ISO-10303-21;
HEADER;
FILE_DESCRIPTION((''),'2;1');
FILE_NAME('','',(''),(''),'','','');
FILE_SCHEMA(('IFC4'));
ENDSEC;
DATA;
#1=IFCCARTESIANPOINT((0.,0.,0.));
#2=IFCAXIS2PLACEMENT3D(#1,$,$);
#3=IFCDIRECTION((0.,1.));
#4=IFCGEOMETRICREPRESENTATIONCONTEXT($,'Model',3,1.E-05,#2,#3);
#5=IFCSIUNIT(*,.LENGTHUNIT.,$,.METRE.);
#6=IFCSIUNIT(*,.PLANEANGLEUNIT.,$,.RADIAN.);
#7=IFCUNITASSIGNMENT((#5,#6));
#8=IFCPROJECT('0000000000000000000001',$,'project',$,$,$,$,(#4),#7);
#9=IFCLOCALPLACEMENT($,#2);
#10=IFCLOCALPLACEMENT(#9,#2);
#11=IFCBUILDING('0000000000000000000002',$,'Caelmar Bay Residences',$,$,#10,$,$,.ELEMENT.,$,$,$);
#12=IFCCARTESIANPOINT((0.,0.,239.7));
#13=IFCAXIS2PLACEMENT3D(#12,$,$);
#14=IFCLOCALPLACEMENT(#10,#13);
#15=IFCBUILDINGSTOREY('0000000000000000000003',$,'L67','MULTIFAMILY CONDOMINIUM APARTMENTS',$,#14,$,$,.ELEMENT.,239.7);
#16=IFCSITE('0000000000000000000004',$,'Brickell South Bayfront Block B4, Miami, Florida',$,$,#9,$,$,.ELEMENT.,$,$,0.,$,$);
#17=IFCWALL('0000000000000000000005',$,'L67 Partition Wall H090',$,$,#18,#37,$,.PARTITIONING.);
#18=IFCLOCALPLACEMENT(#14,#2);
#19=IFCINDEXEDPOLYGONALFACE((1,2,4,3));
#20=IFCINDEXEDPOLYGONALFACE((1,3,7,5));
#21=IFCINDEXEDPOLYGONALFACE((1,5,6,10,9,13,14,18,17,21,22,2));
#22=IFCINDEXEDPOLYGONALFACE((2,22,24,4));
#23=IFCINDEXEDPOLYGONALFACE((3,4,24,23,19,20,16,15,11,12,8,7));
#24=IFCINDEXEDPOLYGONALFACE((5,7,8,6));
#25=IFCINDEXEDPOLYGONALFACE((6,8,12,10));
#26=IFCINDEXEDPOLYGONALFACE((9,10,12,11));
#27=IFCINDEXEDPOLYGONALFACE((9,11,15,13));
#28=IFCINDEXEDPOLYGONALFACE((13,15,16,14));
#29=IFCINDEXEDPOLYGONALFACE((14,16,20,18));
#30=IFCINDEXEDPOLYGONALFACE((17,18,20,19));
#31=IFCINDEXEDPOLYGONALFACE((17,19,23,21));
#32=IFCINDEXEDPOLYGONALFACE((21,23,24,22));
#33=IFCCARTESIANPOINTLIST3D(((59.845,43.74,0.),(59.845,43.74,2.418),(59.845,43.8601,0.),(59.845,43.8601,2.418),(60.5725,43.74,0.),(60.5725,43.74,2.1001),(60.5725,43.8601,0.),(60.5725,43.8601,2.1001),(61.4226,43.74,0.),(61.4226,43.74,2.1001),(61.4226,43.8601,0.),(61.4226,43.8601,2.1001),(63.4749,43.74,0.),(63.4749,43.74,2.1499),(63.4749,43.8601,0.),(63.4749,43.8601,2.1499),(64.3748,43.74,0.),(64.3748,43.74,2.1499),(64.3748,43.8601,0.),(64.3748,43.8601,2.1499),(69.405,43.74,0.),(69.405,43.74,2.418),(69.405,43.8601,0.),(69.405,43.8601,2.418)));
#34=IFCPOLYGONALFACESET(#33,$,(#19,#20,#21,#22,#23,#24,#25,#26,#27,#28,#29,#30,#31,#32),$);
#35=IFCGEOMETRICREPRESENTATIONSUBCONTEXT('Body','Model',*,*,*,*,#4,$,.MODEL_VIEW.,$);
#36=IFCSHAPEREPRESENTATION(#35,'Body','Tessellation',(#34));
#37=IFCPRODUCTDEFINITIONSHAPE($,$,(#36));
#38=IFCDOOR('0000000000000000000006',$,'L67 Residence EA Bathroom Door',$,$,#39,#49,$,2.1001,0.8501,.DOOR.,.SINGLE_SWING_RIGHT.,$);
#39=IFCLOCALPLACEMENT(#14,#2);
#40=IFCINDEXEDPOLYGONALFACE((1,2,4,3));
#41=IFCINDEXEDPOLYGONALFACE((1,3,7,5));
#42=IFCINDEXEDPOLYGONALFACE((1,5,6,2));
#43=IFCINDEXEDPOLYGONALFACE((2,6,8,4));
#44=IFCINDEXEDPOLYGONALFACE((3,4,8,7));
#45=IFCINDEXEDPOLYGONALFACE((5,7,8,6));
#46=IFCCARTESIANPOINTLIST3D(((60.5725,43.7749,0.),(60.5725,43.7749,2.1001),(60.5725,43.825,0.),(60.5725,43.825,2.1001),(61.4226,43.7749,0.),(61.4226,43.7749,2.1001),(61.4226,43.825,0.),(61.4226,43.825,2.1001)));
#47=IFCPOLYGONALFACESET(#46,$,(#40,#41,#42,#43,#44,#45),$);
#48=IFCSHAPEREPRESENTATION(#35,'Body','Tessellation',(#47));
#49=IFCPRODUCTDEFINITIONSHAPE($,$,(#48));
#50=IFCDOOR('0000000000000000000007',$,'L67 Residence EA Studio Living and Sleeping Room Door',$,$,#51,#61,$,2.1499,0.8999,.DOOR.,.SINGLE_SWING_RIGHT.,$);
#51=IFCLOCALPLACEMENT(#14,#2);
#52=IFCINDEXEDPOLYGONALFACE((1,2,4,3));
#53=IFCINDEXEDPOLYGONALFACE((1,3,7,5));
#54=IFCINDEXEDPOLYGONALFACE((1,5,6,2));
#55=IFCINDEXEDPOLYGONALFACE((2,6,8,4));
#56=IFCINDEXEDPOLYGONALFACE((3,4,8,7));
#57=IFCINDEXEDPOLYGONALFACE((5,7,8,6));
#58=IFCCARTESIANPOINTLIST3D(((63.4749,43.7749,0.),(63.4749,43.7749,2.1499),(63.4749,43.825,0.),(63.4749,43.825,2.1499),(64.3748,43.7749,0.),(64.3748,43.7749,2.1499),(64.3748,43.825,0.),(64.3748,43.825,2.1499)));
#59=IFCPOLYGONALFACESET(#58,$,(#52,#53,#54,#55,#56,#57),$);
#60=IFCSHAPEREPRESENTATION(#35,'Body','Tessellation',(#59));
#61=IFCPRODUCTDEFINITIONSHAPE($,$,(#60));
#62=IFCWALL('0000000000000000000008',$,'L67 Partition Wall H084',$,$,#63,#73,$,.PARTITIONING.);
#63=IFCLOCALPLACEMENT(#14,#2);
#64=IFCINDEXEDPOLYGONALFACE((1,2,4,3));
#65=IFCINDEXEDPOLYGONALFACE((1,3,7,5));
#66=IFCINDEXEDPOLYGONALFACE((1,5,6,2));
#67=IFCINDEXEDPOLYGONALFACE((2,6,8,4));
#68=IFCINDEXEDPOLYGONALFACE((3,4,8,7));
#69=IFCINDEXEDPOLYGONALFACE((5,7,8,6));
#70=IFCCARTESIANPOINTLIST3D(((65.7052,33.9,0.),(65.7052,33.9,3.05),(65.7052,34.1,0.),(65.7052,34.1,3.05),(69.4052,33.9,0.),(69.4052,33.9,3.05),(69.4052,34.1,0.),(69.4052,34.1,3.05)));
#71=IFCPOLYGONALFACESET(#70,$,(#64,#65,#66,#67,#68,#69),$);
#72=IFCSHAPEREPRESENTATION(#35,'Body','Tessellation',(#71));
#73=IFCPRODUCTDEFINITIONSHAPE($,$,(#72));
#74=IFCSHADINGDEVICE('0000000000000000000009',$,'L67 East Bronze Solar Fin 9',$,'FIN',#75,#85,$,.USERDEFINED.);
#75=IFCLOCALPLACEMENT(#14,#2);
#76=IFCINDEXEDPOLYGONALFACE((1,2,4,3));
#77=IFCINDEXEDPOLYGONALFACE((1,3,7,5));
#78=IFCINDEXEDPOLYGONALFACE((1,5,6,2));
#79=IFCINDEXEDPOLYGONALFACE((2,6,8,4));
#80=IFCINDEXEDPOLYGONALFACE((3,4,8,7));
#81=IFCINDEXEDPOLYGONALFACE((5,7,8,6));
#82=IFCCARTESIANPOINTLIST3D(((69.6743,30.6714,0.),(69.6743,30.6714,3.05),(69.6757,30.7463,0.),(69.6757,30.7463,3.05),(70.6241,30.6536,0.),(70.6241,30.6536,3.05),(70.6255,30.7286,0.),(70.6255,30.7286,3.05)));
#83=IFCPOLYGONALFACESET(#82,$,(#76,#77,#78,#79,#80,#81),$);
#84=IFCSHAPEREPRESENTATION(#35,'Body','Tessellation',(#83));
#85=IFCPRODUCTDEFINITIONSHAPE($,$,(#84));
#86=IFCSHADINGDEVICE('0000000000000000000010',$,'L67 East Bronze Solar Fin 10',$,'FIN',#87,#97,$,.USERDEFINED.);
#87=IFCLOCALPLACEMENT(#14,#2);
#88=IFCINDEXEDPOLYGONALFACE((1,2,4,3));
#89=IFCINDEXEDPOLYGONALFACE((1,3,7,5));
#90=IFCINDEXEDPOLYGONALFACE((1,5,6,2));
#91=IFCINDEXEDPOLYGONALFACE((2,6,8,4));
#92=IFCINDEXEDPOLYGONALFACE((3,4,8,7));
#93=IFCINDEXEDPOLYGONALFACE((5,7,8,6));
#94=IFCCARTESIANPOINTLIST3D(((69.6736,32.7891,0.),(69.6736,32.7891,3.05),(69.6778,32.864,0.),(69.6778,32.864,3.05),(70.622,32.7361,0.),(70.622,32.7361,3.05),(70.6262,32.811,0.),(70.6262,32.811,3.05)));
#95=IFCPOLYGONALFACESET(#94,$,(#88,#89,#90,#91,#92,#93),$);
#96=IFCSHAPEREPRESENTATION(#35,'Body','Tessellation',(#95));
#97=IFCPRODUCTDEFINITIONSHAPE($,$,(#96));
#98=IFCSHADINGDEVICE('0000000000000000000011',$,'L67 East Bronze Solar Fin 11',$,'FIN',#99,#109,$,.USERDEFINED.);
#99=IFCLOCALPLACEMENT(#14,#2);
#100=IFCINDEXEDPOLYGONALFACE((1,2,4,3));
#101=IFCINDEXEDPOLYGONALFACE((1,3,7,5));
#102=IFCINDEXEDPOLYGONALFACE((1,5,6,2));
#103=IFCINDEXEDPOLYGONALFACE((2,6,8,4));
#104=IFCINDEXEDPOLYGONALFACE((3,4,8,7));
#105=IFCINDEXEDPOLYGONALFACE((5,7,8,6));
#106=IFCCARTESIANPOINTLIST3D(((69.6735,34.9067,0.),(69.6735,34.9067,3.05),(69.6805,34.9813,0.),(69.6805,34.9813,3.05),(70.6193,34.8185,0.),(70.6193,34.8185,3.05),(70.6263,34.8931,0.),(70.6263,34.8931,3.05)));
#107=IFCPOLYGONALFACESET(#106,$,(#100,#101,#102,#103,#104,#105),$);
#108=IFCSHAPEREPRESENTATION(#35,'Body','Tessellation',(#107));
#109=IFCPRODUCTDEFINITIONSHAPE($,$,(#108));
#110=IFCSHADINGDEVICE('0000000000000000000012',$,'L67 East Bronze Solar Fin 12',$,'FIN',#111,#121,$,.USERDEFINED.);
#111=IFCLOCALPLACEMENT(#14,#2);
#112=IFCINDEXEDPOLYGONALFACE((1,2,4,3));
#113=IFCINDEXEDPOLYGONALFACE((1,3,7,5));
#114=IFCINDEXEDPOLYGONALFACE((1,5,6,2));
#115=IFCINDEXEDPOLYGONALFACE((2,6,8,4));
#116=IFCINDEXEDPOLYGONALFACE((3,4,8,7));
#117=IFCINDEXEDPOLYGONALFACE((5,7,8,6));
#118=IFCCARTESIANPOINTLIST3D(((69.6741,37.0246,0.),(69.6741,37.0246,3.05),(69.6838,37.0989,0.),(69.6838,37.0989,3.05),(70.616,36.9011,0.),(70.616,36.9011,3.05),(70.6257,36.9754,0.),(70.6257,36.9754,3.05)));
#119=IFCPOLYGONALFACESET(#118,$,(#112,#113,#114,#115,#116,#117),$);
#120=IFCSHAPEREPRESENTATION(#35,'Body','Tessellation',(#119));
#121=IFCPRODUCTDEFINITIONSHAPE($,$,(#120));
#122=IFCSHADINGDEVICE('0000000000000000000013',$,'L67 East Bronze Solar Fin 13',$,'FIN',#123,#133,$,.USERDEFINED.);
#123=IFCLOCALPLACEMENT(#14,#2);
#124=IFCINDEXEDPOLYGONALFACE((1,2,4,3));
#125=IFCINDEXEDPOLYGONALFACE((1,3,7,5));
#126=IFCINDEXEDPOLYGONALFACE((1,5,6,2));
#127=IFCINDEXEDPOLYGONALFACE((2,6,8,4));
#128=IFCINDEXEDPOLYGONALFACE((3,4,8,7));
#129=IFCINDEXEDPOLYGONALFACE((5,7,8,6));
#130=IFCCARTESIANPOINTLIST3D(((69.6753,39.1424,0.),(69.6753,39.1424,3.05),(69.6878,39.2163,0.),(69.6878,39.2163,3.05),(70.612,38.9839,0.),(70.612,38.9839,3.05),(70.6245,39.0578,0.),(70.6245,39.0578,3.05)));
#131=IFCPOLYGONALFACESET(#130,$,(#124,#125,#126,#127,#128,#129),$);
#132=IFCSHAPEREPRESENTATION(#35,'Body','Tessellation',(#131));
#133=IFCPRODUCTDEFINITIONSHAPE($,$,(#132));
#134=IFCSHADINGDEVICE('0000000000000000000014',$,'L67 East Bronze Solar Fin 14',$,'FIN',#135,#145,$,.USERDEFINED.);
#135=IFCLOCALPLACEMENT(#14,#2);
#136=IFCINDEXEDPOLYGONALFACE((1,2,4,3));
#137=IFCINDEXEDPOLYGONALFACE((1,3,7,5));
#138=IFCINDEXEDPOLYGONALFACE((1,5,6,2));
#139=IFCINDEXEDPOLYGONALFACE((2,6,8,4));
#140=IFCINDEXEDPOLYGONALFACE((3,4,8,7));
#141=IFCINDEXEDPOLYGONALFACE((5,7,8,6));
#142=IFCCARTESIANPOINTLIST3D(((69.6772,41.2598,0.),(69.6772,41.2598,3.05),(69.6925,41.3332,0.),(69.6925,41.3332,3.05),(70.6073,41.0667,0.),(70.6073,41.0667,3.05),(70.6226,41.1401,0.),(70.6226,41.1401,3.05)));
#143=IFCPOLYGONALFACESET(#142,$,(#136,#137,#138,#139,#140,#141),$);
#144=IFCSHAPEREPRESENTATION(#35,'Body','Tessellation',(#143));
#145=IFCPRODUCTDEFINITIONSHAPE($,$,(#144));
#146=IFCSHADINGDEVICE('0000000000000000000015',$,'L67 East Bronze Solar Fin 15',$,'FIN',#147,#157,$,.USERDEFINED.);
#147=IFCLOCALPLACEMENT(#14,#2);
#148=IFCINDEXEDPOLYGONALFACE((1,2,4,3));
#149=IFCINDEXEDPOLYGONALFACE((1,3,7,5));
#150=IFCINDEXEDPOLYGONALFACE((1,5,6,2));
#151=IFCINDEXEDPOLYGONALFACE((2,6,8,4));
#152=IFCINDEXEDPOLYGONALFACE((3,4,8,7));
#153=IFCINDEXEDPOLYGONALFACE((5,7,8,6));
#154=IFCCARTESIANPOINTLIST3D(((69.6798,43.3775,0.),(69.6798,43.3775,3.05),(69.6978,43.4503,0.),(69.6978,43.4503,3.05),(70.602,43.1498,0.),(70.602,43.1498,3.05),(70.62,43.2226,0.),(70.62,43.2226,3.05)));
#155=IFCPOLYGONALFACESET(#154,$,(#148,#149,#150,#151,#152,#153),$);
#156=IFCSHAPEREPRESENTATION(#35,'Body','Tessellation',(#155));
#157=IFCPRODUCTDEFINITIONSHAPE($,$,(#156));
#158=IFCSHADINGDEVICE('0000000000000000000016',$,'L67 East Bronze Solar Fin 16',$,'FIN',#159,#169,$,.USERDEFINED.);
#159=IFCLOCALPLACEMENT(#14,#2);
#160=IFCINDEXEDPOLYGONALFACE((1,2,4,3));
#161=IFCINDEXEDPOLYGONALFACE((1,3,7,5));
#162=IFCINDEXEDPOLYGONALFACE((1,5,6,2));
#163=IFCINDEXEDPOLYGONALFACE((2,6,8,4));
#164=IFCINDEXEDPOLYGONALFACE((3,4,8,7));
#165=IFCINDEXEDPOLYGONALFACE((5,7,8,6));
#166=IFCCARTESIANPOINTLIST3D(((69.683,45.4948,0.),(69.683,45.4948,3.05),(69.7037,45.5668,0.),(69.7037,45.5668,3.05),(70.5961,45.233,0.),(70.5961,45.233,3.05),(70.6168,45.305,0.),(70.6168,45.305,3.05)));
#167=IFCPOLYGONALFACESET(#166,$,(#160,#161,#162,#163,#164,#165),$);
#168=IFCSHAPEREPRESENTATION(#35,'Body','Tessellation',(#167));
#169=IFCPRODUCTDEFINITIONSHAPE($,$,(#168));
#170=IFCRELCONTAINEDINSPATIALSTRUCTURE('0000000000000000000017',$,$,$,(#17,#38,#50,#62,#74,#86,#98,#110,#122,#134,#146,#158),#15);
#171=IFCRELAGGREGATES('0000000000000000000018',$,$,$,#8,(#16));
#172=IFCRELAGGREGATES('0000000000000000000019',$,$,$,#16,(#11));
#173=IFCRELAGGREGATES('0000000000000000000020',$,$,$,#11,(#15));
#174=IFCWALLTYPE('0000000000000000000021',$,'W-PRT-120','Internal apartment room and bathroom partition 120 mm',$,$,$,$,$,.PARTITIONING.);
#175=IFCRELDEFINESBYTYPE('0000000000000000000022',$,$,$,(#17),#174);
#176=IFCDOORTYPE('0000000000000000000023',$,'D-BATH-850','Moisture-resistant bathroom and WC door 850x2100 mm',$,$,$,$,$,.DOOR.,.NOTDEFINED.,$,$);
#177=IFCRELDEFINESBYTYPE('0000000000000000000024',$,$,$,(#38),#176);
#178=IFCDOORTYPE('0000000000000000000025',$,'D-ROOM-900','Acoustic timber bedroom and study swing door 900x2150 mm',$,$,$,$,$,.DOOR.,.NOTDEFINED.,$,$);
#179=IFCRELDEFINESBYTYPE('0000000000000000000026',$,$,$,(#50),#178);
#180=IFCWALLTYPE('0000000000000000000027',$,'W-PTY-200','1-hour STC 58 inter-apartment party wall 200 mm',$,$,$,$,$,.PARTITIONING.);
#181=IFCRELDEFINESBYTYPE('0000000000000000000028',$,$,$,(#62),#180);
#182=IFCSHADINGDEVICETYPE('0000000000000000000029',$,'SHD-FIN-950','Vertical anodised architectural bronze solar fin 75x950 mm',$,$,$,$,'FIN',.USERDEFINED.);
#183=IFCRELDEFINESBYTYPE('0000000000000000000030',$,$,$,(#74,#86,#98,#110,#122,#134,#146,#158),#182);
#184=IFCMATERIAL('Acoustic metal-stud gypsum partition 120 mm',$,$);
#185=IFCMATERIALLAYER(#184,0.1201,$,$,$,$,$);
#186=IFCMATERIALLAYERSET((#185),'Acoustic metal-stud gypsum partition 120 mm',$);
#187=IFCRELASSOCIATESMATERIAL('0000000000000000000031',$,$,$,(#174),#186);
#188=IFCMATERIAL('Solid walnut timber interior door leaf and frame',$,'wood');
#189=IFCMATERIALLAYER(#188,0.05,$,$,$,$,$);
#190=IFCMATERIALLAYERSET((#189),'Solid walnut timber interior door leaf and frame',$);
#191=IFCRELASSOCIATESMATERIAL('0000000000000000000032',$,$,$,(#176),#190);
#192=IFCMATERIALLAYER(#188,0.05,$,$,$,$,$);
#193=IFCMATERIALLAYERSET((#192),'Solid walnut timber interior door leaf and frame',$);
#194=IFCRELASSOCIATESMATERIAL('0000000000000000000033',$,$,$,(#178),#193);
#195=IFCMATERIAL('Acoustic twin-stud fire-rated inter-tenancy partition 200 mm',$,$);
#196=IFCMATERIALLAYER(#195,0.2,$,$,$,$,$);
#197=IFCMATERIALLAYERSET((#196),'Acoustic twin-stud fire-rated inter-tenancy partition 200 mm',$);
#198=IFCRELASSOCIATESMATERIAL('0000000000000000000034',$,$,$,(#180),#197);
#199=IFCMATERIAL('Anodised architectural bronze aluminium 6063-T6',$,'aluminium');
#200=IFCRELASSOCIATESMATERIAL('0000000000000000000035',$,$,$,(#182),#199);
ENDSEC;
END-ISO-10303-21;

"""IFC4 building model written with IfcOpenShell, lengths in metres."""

from ifc_helpers import new_model, si_unit, direction, frame, frame_2d, origin, origin_2d, place, context, subcontext, project, spatial, rectangle, extrude, material, layer, layer_set, material_profile, profile_set, type_object, element, fill, save


model = new_model("IFC4")

# Units and contexts
model_context = context("Model", 3, precision=1e-05, world=origin(), true_north=direction((0.0, 1.0)))
body_context = subcontext(model_context, "Body", "Model", "MODEL_VIEW")
ifc_project = project(units=[si_unit("LENGTHUNIT", "METRE"), si_unit("PLANEANGLEUNIT", "RADIAN")], contexts=[model_context])

# Site, building, storey
site_placement = place(None, origin())
site = spatial("IfcSite", under=ifc_project, at=site_placement, Name="Brickell South Bayfront Block B4, Miami, Florida", CompositionType="ELEMENT", RefElevation=0.0)
building_placement = place(site_placement, origin())
building = spatial("IfcBuilding", under=site, at=building_placement, Name="Caelmar Bay Residences", CompositionType="ELEMENT")
storey_placement = place(building_placement, frame((0.0, 0.0, 239.7)))
storey = spatial("IfcBuildingStorey", under=building, at=storey_placement, Name="L67", Description="MULTIFAMILY CONDOMINIUM APARTMENTS", CompositionType="ELEMENT", Elevation=239.7)

# Shared definitions
ifc_material_1 = material(Name="Acoustic metal-stud gypsum partition 120 mm")
ifc_layer_1 = layer(ifc_material_1, 0.1201)
ifc_layer_set_1 = layer_set([ifc_layer_1], Name="Acoustic metal-stud gypsum partition 120 mm")
wall_type_1 = type_object("IfcWallType", Name="W-PRT-120", Description="Internal apartment room and bathroom partition 120 mm", PredefinedType="PARTITIONING", material=ifc_layer_set_1)
ifc_material_2 = material(Name="Solid walnut timber interior door leaf and frame", Category="wood")
ifc_layer_2 = layer(ifc_material_2, 0.05)
ifc_layer_set_2 = layer_set([ifc_layer_2], Name="Solid walnut timber interior door leaf and frame")
door_type_1 = type_object("IfcDoorType", Name="D-BATH-850", Description="Moisture-resistant bathroom and WC door 850x2100 mm", OperationType="NOTDEFINED", PredefinedType="DOOR", material=ifc_layer_set_2)

# Shared definitions
ifc_layer_3 = layer(ifc_material_2, 0.05)
ifc_layer_set_3 = layer_set([ifc_layer_3], Name="Solid walnut timber interior door leaf and frame")
door_type_2 = type_object("IfcDoorType", Name="D-ROOM-900", Description="Acoustic timber bedroom and study swing door 900x2150 mm", OperationType="NOTDEFINED", PredefinedType="DOOR", material=ifc_layer_set_3)

# Wall, openings, doors
wall_1_placement = place(storey_placement, frame((59.845, 43.8, 0.0), z_axis=(0.0, 0.0, 1.0), x_axis=(1.0, 0.0, 0.0)))
wall_1 = element("IfcWall", 1, at=wall_1_placement, inside=storey, type_object=wall_type_1, Name="L67 Partition Wall H090", PredefinedType="PARTITIONING", context=body_context, shape_type="SweptSolid", body=[
    extrude(rectangle(XDim=9.5601, YDim=0.1201, at=frame_2d((4.78, 0.0))), origin(), (0.0, 0.0, 1.0), 2.418),
])
opening_1_placement = place(wall_1_placement, frame((3.6299, 0.0, 0.0)))
opening_1 = element("IfcOpeningElement", 2, at=opening_1_placement, cuts=wall_1, PredefinedType="OPENING", context=body_context, shape_type="SweptSolid", body=[
    extrude(rectangle(XDim=0.8999, YDim=2.1499, at=frame_2d((0.45, 1.075))), frame((0.0, 0.0701, 0.0), z_axis=(0.0, -1.0, 0.0), x_axis=(1.0, 0.0, 0.0)), (0.0, 0.0, 1.0), 0.1401),
])
opening_2_placement = place(wall_1_placement, frame((0.7275, 0.0, 0.0)))
opening_2 = element("IfcOpeningElement", 3, at=opening_2_placement, cuts=wall_1, PredefinedType="OPENING", context=body_context, shape_type="SweptSolid", body=[
    extrude(rectangle(XDim=0.8501, YDim=2.1001, at=frame_2d((0.425, 1.05))), frame((0.0, 0.0701, 0.0), z_axis=(0.0, -1.0, 0.0), x_axis=(1.0, 0.0, 0.0)), (0.0, 0.0, 1.0), 0.1401),
])
door_1_placement = place(opening_2_placement, origin())
door_1 = element("IfcDoor", 4, at=door_1_placement, inside=storey, type_object=door_type_1, Name="L67 Residence EA Bathroom Door", OperationType="SINGLE_SWING_RIGHT", OverallHeight=2.1001, OverallWidth=0.8501, PredefinedType="DOOR", context=body_context, shape_type="SweptSolid", body=[
    extrude(rectangle(XDim=0.8501, YDim=2.1001, at=frame_2d((0.425, 1.05))), frame((0.0, 0.0249, 0.0), z_axis=(0.0, -1.0, 0.0), x_axis=(1.0, 0.0, 0.0)), (0.0, 0.0, 1.0), 0.05),
])
fill(opening_2, door_1)
door_2_placement = place(opening_1_placement, origin())
door_2 = element("IfcDoor", 5, at=door_2_placement, inside=storey, type_object=door_type_2, Name="L67 Residence EA Studio Living and Sleeping Room Door", OperationType="SINGLE_SWING_RIGHT", OverallHeight=2.1499, OverallWidth=0.8999, PredefinedType="DOOR", context=body_context, shape_type="SweptSolid", body=[
    extrude(rectangle(XDim=0.8999, YDim=2.1499, at=frame_2d((0.45, 1.075))), frame((0.0, 0.0249, 0.0), z_axis=(0.0, -1.0, 0.0), x_axis=(1.0, 0.0, 0.0)), (0.0, 0.0, 1.0), 0.05),
])
fill(opening_1, door_2)

# Wall
ifc_material_3 = material(Name="Acoustic twin-stud fire-rated inter-tenancy partition 200 mm")
ifc_layer_4 = layer(ifc_material_3, 0.2)
ifc_layer_set_4 = layer_set([ifc_layer_4], Name="Acoustic twin-stud fire-rated inter-tenancy partition 200 mm")
wall_type_2 = type_object("IfcWallType", Name="W-PTY-200", Description="1-hour STC 58 inter-apartment party wall 200 mm", PredefinedType="PARTITIONING", material=ifc_layer_set_4)
wall_2_placement = place(storey_placement, frame((65.7051, 34.0, 0.0), z_axis=(0.0, 0.0, 1.0), x_axis=(1.0, 0.0, 0.0)))
element("IfcWall", 6, at=wall_2_placement, inside=storey, type_object=wall_type_2, Name="L67 Partition Wall H084", PredefinedType="PARTITIONING", context=body_context, shape_type="SweptSolid", body=[
    extrude(rectangle(XDim=3.7, YDim=0.2, at=frame_2d((1.8501, 0.0))), origin(), (0.0, 0.0, 1.0), 3.05),
])

# Shading devices
ifc_material_4 = material(Name="Anodised architectural bronze aluminium 6063-T6", Category="aluminium")
ifc_material_profile_1 = material_profile(ifc_material_4, rectangle(XDim=0.075, YDim=0.95, at=origin_2d()), Name="BRONZE-FIN-75X950")
ifc_profile_set_1 = profile_set([ifc_material_profile_1], Name="Anodised architectural bronze aluminium 6063-T6")
shading_device_type = type_object("IfcShadingDeviceType", Name="SHD-FIN-950", Description="Vertical anodised architectural bronze solar fin 75x950 mm", ElementType="FIN", PredefinedType="USERDEFINED", material=ifc_profile_set_1)
for number, where, z_axis, x_axis, name in (
    (7, (70.1499, 30.7, 0.0), (0.0, 0.0, 1.0), (0.018674, 0.999826, 0.0), "L67 East Bronze Solar Fin 9"),
    (8, (70.1499, 32.8, 0.0), (0.0, 0.0, 1.0), (0.055822, 0.998441, 0.0), "L67 East Bronze Solar Fin 10"),
    (9, (70.1499, 34.8999, 0.0), (0.0, 0.0, 1.0), (0.092892, 0.995676, 0.0), "L67 East Bronze Solar Fin 11"),
    (10, (70.1499, 37.0, 0.0), (0.0, 0.0, 1.0), (0.130007, 0.991513, 0.0), "L67 East Bronze Solar Fin 12"),
    (11, (70.1499, 39.1001, 0.0), (0.0, 0.0, 1.0), (0.166769, 0.985996, 0.0), "L67 East Bronze Solar Fin 13"),
    (12, (70.1499, 41.2, 0.0), (0.0, 0.0, 1.0), (0.2033, 0.979116, 0.0), "L67 East Bronze Solar Fin 14"),
    (13, (70.1499, 43.3, 0.0), (0.0, 0.0, 1.0), (0.23972, 0.970842, 0.0), "L67 East Bronze Solar Fin 15"),
    (14, (70.1499, 45.3999, 0.0), (0.0, 0.0, 1.0), (0.275637, 0.961262, 0.0), "L67 East Bronze Solar Fin 16"),
):
    element("IfcShadingDevice", number, at=place(storey_placement, frame(where, z_axis=z_axis, x_axis=x_axis)), inside=storey, type_object=shading_device_type, Name=name, ObjectType="FIN", PredefinedType="USERDEFINED", context=body_context, shape_type="SweptSolid", body=[
        extrude(rectangle(XDim=0.075, YDim=0.95, at=origin_2d()), origin(), (0.0, 0.0, 1.0), 3.05),
    ])

save(model, "model.ifc")
